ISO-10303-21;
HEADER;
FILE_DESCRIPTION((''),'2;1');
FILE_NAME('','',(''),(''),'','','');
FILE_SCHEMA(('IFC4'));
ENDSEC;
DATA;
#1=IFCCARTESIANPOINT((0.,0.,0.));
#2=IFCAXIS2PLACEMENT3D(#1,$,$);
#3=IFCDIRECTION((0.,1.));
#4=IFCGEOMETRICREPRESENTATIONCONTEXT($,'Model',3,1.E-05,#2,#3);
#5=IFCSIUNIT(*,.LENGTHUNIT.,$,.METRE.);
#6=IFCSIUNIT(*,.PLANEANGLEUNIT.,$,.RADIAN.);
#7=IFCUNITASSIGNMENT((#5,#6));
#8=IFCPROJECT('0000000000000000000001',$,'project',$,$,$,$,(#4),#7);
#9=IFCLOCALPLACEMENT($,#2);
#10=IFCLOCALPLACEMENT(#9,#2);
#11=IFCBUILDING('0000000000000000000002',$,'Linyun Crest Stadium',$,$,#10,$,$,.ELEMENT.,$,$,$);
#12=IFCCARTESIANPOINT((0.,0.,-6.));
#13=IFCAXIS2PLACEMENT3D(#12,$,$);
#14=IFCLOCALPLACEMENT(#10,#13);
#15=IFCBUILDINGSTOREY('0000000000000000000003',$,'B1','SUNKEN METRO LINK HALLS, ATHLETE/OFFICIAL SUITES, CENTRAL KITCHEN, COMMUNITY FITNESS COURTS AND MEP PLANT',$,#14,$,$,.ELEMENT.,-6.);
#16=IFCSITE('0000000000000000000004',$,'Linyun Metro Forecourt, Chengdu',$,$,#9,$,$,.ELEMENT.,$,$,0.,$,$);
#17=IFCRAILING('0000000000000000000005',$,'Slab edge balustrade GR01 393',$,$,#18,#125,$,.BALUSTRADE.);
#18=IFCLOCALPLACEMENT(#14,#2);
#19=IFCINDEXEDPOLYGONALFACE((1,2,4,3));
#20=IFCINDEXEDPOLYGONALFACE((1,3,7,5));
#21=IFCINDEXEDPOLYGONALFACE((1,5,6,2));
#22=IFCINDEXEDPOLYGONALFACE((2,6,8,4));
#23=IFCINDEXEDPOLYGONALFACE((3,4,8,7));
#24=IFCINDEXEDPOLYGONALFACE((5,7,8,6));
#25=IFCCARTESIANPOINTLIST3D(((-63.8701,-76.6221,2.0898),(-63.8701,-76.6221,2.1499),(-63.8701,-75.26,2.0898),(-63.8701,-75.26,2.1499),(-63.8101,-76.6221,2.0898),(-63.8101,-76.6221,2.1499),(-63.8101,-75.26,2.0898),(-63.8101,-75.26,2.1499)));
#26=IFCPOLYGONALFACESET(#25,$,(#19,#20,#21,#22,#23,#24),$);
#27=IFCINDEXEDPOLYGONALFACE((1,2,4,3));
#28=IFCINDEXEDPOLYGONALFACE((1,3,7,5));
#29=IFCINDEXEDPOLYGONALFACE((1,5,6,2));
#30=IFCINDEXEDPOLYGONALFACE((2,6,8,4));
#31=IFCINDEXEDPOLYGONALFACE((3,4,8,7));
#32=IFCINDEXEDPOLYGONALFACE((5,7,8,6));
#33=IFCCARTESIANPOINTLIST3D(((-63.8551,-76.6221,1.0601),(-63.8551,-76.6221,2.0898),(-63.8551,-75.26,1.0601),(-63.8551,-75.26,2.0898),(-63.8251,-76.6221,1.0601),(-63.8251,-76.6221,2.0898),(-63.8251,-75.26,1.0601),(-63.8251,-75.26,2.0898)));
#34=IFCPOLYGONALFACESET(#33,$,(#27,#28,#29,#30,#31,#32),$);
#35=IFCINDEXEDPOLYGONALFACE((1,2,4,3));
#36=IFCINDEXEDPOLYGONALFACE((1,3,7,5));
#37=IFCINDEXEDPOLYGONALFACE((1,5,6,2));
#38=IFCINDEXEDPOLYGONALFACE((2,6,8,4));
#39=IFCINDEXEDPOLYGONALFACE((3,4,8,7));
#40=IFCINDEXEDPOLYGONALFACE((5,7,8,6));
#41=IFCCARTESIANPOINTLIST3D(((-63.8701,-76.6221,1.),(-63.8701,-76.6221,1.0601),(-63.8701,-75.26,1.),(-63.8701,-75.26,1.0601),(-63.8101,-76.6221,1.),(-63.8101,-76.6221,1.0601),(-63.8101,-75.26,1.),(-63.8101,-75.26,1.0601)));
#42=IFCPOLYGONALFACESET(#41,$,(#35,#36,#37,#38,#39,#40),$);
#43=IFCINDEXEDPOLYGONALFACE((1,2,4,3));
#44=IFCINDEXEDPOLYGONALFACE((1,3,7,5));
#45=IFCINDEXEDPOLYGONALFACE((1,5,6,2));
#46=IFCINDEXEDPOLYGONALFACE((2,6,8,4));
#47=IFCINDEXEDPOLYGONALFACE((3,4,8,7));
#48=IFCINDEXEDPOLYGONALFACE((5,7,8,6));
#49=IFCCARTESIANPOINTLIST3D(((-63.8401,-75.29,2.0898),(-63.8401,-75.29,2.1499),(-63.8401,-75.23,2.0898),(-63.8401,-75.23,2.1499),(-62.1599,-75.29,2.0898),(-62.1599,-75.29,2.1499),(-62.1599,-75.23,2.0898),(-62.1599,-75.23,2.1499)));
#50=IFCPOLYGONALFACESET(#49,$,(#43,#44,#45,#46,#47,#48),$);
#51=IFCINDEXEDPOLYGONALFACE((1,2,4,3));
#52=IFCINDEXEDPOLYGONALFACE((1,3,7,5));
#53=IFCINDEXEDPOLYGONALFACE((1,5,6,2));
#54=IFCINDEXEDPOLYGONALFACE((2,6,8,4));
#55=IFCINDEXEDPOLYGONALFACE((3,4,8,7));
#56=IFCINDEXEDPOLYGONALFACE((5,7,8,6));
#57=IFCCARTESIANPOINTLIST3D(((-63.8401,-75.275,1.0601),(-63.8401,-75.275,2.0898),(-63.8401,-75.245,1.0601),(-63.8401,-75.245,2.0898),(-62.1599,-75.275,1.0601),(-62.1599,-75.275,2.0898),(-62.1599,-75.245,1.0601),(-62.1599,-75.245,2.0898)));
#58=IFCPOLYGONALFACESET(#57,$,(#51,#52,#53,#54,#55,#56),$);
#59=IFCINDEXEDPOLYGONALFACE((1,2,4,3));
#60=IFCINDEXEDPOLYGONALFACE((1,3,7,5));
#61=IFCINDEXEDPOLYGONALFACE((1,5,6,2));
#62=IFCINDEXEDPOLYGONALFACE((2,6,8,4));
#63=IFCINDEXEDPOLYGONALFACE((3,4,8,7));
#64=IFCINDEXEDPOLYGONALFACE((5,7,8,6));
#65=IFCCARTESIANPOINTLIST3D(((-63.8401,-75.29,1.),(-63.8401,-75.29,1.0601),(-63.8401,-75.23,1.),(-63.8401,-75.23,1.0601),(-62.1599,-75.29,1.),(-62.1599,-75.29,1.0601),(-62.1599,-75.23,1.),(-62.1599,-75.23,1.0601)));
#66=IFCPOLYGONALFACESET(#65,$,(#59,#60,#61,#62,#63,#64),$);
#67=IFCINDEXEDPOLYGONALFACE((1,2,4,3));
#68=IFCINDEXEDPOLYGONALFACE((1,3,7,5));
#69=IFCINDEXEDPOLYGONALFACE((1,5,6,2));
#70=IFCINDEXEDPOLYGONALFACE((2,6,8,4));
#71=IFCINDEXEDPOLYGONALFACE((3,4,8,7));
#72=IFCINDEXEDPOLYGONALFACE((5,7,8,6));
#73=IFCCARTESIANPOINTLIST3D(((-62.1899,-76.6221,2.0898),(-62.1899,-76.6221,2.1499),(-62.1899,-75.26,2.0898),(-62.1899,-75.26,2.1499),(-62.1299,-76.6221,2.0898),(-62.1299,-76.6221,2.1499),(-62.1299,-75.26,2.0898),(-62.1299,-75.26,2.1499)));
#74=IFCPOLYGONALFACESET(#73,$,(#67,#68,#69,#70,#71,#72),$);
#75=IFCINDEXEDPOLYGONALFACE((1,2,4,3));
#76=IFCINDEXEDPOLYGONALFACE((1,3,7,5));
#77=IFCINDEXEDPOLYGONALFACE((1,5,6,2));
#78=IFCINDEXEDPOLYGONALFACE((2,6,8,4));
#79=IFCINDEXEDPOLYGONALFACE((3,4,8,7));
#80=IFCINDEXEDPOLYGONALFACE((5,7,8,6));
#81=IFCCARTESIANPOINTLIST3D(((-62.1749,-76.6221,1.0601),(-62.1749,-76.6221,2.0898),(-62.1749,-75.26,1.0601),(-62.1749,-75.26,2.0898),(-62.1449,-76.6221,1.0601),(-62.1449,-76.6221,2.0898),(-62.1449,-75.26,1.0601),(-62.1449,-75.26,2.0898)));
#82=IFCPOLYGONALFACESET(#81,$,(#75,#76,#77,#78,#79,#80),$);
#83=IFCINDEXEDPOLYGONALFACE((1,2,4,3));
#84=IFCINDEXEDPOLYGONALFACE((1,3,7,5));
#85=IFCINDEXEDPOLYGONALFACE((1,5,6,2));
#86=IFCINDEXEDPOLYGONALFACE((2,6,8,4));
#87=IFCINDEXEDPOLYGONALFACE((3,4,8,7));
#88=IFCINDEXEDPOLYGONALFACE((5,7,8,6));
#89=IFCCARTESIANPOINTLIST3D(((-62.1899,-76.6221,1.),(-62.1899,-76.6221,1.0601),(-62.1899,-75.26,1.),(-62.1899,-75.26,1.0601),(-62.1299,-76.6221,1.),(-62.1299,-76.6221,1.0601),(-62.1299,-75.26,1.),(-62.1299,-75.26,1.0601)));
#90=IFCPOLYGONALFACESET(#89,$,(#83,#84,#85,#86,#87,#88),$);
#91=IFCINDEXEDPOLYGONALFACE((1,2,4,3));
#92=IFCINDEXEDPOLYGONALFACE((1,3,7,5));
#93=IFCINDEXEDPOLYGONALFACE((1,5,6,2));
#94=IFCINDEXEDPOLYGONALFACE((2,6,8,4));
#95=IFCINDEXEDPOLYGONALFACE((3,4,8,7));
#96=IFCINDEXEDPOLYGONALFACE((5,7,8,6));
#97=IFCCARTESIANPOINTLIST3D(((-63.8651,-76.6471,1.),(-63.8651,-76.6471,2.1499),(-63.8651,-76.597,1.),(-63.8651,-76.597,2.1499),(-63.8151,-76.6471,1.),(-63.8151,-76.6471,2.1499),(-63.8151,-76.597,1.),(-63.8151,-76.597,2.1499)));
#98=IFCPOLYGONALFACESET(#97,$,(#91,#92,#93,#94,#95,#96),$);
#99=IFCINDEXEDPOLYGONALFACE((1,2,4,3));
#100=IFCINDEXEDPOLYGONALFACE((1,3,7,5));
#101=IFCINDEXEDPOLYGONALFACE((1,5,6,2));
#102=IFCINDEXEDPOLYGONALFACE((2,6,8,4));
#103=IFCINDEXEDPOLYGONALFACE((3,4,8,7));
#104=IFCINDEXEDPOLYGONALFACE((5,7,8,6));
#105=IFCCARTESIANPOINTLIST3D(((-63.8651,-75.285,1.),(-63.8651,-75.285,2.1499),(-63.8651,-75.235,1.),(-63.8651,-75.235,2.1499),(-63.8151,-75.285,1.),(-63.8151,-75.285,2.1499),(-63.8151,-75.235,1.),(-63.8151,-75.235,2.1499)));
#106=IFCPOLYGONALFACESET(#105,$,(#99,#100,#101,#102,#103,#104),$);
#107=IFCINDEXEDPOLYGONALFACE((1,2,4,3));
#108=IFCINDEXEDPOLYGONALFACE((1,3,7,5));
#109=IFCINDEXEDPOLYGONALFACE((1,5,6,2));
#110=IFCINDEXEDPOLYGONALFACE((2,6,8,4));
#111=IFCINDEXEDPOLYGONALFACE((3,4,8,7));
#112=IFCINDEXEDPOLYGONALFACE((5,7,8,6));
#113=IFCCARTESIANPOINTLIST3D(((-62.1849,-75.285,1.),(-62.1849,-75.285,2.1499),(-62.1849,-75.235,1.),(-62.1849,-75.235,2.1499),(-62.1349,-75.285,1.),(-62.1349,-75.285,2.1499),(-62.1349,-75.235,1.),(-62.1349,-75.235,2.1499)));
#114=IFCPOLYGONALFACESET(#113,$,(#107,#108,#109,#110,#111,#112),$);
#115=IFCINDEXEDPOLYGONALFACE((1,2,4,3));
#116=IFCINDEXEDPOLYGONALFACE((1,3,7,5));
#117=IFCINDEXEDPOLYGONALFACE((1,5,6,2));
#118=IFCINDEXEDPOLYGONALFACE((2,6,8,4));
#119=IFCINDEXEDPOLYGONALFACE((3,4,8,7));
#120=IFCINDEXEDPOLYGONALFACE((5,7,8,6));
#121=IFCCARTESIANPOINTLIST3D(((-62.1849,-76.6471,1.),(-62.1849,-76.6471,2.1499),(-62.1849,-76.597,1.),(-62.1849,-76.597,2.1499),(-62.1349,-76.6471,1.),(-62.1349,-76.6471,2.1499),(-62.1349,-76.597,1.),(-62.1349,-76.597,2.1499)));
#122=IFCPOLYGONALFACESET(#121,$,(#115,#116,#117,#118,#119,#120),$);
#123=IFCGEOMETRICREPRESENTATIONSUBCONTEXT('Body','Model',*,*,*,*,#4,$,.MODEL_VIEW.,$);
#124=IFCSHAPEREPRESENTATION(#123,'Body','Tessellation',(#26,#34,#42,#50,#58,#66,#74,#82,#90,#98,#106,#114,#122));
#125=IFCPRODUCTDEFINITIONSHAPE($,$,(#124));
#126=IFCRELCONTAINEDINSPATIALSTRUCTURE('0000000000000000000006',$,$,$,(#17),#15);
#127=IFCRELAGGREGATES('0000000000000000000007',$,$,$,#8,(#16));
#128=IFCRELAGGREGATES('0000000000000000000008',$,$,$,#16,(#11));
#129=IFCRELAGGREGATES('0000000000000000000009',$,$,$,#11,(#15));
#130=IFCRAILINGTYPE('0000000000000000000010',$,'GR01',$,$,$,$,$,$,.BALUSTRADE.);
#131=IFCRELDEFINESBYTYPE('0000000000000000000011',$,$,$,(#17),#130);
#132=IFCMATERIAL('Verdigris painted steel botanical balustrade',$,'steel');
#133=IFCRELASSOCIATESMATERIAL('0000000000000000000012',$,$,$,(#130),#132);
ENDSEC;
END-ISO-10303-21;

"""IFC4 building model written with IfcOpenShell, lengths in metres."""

from ifc_helpers import new_model, si_unit, direction, frame, origin, origin_2d, place, context, subcontext, project, spatial, rectangle, extrude, material, type_object, element, save


model = new_model("IFC4")

# Units and contexts
model_context = context("Model", 3, precision=1e-05, world=origin(), true_north=direction((0.0, 1.0)))
body_context = subcontext(model_context, "Body", "Model", "MODEL_VIEW")
ifc_project = project(units=[si_unit("LENGTHUNIT", "METRE"), si_unit("PLANEANGLEUNIT", "RADIAN")], contexts=[model_context])

# Site, building, storey
site_placement = place(None, origin())
site = spatial("IfcSite", under=ifc_project, at=site_placement, Name="Linyun Metro Forecourt, Chengdu", CompositionType="ELEMENT", RefElevation=0.0)
building_placement = place(site_placement, origin())
building = spatial("IfcBuilding", under=site, at=building_placement, Name="Linyun Crest Stadium", CompositionType="ELEMENT")
storey_placement = place(building_placement, frame((0.0, 0.0, -6.0)))
storey = spatial("IfcBuildingStorey", under=building, at=storey_placement, Name="B1", Description="SUNKEN METRO LINK HALLS, ATHLETE/OFFICIAL SUITES, CENTRAL KITCHEN, COMMUNITY FITNESS COURTS AND MEP PLANT", CompositionType="ELEMENT", Elevation=-6.0)

# Railing
ifc_material_1 = material(Name="Verdigris painted steel botanical balustrade", Category="steel")
railing_type = type_object("IfcRailingType", Name="GR01", PredefinedType="BALUSTRADE", material=ifc_material_1)
railing_placement = place(storey_placement, frame((-63.8401, -76.6221, 1.0)))
element("IfcRailing", 1, at=railing_placement, inside=storey, type_object=railing_type, Name="Slab edge balustrade GR01 393", PredefinedType="BALUSTRADE", context=body_context, shape_type="SweptSolid", body=[
    extrude(rectangle(XDim=0.0601, YDim=0.0601, at=origin_2d()), frame((0.0, 0.0, 1.1199), z_axis=(0.0, 1.0, 0.0), x_axis=(-1.0, 0.0, 0.0)), (0.0, 0.0, 1.0), 1.3621),
    extrude(rectangle(XDim=0.03, YDim=1.0298, at=origin_2d()), frame((0.0, 0.0, 0.575), z_axis=(0.0, 1.0, 0.0), x_axis=(-1.0, 0.0, 0.0)), (0.0, 0.0, 1.0), 1.3621),
    extrude(rectangle(XDim=0.0601, YDim=0.0601, at=origin_2d()), frame((0.0, 0.0, 0.03), z_axis=(0.0, 1.0, 0.0), x_axis=(-1.0, 0.0, 0.0)), (0.0, 0.0, 1.0), 1.3621),
    extrude(rectangle(XDim=0.0601, YDim=0.0601, at=origin_2d()), frame((0.0, 1.3621, 1.1199), z_axis=(1.0, 0.0, 0.0), x_axis=(0.0, 1.0, 0.0)), (0.0, 0.0, 1.0), 1.6802),
    extrude(rectangle(XDim=0.03, YDim=1.0298, at=origin_2d()), frame((0.0, 1.3621, 0.575), z_axis=(1.0, 0.0, 0.0), x_axis=(0.0, 1.0, 0.0)), (0.0, 0.0, 1.0), 1.6802),
    extrude(rectangle(XDim=0.0601, YDim=0.0601, at=origin_2d()), frame((0.0, 1.3621, 0.03), z_axis=(1.0, 0.0, 0.0), x_axis=(0.0, 1.0, 0.0)), (0.0, 0.0, 1.0), 1.6802),
    extrude(rectangle(XDim=0.0601, YDim=0.0601, at=origin_2d()), frame((1.6802, 1.3621, 1.1199), z_axis=(0.0, -1.0, 0.0), x_axis=(1.0, 0.0, 0.0)), (0.0, 0.0, 1.0), 1.3621),
    extrude(rectangle(XDim=0.03, YDim=1.0298, at=origin_2d()), frame((1.6802, 1.3621, 0.575), z_axis=(0.0, -1.0, 0.0), x_axis=(1.0, 0.0, 0.0)), (0.0, 0.0, 1.0), 1.3621),
    extrude(rectangle(XDim=0.0601, YDim=0.0601, at=origin_2d()), frame((1.6802, 1.3621, 0.03), z_axis=(0.0, -1.0, 0.0), x_axis=(1.0, 0.0, 0.0)), (0.0, 0.0, 1.0), 1.3621),
    extrude(rectangle(XDim=0.05, YDim=0.05, at=origin_2d()), origin(), (0.0, 0.0, 1.0), 1.1499),
    extrude(rectangle(XDim=0.05, YDim=0.05, at=origin_2d()), frame((0.0, 1.3621, 0.0)), (0.0, 0.0, 1.0), 1.1499),
    extrude(rectangle(XDim=0.05, YDim=0.05, at=origin_2d()), frame((1.6802, 1.3621, 0.0)), (0.0, 0.0, 1.0), 1.1499),
    extrude(rectangle(XDim=0.05, YDim=0.05, at=origin_2d()), frame((1.6802, 0.0, 0.0)), (0.0, 0.0, 1.0), 1.1499),
])

save(model, "model.ifc")
